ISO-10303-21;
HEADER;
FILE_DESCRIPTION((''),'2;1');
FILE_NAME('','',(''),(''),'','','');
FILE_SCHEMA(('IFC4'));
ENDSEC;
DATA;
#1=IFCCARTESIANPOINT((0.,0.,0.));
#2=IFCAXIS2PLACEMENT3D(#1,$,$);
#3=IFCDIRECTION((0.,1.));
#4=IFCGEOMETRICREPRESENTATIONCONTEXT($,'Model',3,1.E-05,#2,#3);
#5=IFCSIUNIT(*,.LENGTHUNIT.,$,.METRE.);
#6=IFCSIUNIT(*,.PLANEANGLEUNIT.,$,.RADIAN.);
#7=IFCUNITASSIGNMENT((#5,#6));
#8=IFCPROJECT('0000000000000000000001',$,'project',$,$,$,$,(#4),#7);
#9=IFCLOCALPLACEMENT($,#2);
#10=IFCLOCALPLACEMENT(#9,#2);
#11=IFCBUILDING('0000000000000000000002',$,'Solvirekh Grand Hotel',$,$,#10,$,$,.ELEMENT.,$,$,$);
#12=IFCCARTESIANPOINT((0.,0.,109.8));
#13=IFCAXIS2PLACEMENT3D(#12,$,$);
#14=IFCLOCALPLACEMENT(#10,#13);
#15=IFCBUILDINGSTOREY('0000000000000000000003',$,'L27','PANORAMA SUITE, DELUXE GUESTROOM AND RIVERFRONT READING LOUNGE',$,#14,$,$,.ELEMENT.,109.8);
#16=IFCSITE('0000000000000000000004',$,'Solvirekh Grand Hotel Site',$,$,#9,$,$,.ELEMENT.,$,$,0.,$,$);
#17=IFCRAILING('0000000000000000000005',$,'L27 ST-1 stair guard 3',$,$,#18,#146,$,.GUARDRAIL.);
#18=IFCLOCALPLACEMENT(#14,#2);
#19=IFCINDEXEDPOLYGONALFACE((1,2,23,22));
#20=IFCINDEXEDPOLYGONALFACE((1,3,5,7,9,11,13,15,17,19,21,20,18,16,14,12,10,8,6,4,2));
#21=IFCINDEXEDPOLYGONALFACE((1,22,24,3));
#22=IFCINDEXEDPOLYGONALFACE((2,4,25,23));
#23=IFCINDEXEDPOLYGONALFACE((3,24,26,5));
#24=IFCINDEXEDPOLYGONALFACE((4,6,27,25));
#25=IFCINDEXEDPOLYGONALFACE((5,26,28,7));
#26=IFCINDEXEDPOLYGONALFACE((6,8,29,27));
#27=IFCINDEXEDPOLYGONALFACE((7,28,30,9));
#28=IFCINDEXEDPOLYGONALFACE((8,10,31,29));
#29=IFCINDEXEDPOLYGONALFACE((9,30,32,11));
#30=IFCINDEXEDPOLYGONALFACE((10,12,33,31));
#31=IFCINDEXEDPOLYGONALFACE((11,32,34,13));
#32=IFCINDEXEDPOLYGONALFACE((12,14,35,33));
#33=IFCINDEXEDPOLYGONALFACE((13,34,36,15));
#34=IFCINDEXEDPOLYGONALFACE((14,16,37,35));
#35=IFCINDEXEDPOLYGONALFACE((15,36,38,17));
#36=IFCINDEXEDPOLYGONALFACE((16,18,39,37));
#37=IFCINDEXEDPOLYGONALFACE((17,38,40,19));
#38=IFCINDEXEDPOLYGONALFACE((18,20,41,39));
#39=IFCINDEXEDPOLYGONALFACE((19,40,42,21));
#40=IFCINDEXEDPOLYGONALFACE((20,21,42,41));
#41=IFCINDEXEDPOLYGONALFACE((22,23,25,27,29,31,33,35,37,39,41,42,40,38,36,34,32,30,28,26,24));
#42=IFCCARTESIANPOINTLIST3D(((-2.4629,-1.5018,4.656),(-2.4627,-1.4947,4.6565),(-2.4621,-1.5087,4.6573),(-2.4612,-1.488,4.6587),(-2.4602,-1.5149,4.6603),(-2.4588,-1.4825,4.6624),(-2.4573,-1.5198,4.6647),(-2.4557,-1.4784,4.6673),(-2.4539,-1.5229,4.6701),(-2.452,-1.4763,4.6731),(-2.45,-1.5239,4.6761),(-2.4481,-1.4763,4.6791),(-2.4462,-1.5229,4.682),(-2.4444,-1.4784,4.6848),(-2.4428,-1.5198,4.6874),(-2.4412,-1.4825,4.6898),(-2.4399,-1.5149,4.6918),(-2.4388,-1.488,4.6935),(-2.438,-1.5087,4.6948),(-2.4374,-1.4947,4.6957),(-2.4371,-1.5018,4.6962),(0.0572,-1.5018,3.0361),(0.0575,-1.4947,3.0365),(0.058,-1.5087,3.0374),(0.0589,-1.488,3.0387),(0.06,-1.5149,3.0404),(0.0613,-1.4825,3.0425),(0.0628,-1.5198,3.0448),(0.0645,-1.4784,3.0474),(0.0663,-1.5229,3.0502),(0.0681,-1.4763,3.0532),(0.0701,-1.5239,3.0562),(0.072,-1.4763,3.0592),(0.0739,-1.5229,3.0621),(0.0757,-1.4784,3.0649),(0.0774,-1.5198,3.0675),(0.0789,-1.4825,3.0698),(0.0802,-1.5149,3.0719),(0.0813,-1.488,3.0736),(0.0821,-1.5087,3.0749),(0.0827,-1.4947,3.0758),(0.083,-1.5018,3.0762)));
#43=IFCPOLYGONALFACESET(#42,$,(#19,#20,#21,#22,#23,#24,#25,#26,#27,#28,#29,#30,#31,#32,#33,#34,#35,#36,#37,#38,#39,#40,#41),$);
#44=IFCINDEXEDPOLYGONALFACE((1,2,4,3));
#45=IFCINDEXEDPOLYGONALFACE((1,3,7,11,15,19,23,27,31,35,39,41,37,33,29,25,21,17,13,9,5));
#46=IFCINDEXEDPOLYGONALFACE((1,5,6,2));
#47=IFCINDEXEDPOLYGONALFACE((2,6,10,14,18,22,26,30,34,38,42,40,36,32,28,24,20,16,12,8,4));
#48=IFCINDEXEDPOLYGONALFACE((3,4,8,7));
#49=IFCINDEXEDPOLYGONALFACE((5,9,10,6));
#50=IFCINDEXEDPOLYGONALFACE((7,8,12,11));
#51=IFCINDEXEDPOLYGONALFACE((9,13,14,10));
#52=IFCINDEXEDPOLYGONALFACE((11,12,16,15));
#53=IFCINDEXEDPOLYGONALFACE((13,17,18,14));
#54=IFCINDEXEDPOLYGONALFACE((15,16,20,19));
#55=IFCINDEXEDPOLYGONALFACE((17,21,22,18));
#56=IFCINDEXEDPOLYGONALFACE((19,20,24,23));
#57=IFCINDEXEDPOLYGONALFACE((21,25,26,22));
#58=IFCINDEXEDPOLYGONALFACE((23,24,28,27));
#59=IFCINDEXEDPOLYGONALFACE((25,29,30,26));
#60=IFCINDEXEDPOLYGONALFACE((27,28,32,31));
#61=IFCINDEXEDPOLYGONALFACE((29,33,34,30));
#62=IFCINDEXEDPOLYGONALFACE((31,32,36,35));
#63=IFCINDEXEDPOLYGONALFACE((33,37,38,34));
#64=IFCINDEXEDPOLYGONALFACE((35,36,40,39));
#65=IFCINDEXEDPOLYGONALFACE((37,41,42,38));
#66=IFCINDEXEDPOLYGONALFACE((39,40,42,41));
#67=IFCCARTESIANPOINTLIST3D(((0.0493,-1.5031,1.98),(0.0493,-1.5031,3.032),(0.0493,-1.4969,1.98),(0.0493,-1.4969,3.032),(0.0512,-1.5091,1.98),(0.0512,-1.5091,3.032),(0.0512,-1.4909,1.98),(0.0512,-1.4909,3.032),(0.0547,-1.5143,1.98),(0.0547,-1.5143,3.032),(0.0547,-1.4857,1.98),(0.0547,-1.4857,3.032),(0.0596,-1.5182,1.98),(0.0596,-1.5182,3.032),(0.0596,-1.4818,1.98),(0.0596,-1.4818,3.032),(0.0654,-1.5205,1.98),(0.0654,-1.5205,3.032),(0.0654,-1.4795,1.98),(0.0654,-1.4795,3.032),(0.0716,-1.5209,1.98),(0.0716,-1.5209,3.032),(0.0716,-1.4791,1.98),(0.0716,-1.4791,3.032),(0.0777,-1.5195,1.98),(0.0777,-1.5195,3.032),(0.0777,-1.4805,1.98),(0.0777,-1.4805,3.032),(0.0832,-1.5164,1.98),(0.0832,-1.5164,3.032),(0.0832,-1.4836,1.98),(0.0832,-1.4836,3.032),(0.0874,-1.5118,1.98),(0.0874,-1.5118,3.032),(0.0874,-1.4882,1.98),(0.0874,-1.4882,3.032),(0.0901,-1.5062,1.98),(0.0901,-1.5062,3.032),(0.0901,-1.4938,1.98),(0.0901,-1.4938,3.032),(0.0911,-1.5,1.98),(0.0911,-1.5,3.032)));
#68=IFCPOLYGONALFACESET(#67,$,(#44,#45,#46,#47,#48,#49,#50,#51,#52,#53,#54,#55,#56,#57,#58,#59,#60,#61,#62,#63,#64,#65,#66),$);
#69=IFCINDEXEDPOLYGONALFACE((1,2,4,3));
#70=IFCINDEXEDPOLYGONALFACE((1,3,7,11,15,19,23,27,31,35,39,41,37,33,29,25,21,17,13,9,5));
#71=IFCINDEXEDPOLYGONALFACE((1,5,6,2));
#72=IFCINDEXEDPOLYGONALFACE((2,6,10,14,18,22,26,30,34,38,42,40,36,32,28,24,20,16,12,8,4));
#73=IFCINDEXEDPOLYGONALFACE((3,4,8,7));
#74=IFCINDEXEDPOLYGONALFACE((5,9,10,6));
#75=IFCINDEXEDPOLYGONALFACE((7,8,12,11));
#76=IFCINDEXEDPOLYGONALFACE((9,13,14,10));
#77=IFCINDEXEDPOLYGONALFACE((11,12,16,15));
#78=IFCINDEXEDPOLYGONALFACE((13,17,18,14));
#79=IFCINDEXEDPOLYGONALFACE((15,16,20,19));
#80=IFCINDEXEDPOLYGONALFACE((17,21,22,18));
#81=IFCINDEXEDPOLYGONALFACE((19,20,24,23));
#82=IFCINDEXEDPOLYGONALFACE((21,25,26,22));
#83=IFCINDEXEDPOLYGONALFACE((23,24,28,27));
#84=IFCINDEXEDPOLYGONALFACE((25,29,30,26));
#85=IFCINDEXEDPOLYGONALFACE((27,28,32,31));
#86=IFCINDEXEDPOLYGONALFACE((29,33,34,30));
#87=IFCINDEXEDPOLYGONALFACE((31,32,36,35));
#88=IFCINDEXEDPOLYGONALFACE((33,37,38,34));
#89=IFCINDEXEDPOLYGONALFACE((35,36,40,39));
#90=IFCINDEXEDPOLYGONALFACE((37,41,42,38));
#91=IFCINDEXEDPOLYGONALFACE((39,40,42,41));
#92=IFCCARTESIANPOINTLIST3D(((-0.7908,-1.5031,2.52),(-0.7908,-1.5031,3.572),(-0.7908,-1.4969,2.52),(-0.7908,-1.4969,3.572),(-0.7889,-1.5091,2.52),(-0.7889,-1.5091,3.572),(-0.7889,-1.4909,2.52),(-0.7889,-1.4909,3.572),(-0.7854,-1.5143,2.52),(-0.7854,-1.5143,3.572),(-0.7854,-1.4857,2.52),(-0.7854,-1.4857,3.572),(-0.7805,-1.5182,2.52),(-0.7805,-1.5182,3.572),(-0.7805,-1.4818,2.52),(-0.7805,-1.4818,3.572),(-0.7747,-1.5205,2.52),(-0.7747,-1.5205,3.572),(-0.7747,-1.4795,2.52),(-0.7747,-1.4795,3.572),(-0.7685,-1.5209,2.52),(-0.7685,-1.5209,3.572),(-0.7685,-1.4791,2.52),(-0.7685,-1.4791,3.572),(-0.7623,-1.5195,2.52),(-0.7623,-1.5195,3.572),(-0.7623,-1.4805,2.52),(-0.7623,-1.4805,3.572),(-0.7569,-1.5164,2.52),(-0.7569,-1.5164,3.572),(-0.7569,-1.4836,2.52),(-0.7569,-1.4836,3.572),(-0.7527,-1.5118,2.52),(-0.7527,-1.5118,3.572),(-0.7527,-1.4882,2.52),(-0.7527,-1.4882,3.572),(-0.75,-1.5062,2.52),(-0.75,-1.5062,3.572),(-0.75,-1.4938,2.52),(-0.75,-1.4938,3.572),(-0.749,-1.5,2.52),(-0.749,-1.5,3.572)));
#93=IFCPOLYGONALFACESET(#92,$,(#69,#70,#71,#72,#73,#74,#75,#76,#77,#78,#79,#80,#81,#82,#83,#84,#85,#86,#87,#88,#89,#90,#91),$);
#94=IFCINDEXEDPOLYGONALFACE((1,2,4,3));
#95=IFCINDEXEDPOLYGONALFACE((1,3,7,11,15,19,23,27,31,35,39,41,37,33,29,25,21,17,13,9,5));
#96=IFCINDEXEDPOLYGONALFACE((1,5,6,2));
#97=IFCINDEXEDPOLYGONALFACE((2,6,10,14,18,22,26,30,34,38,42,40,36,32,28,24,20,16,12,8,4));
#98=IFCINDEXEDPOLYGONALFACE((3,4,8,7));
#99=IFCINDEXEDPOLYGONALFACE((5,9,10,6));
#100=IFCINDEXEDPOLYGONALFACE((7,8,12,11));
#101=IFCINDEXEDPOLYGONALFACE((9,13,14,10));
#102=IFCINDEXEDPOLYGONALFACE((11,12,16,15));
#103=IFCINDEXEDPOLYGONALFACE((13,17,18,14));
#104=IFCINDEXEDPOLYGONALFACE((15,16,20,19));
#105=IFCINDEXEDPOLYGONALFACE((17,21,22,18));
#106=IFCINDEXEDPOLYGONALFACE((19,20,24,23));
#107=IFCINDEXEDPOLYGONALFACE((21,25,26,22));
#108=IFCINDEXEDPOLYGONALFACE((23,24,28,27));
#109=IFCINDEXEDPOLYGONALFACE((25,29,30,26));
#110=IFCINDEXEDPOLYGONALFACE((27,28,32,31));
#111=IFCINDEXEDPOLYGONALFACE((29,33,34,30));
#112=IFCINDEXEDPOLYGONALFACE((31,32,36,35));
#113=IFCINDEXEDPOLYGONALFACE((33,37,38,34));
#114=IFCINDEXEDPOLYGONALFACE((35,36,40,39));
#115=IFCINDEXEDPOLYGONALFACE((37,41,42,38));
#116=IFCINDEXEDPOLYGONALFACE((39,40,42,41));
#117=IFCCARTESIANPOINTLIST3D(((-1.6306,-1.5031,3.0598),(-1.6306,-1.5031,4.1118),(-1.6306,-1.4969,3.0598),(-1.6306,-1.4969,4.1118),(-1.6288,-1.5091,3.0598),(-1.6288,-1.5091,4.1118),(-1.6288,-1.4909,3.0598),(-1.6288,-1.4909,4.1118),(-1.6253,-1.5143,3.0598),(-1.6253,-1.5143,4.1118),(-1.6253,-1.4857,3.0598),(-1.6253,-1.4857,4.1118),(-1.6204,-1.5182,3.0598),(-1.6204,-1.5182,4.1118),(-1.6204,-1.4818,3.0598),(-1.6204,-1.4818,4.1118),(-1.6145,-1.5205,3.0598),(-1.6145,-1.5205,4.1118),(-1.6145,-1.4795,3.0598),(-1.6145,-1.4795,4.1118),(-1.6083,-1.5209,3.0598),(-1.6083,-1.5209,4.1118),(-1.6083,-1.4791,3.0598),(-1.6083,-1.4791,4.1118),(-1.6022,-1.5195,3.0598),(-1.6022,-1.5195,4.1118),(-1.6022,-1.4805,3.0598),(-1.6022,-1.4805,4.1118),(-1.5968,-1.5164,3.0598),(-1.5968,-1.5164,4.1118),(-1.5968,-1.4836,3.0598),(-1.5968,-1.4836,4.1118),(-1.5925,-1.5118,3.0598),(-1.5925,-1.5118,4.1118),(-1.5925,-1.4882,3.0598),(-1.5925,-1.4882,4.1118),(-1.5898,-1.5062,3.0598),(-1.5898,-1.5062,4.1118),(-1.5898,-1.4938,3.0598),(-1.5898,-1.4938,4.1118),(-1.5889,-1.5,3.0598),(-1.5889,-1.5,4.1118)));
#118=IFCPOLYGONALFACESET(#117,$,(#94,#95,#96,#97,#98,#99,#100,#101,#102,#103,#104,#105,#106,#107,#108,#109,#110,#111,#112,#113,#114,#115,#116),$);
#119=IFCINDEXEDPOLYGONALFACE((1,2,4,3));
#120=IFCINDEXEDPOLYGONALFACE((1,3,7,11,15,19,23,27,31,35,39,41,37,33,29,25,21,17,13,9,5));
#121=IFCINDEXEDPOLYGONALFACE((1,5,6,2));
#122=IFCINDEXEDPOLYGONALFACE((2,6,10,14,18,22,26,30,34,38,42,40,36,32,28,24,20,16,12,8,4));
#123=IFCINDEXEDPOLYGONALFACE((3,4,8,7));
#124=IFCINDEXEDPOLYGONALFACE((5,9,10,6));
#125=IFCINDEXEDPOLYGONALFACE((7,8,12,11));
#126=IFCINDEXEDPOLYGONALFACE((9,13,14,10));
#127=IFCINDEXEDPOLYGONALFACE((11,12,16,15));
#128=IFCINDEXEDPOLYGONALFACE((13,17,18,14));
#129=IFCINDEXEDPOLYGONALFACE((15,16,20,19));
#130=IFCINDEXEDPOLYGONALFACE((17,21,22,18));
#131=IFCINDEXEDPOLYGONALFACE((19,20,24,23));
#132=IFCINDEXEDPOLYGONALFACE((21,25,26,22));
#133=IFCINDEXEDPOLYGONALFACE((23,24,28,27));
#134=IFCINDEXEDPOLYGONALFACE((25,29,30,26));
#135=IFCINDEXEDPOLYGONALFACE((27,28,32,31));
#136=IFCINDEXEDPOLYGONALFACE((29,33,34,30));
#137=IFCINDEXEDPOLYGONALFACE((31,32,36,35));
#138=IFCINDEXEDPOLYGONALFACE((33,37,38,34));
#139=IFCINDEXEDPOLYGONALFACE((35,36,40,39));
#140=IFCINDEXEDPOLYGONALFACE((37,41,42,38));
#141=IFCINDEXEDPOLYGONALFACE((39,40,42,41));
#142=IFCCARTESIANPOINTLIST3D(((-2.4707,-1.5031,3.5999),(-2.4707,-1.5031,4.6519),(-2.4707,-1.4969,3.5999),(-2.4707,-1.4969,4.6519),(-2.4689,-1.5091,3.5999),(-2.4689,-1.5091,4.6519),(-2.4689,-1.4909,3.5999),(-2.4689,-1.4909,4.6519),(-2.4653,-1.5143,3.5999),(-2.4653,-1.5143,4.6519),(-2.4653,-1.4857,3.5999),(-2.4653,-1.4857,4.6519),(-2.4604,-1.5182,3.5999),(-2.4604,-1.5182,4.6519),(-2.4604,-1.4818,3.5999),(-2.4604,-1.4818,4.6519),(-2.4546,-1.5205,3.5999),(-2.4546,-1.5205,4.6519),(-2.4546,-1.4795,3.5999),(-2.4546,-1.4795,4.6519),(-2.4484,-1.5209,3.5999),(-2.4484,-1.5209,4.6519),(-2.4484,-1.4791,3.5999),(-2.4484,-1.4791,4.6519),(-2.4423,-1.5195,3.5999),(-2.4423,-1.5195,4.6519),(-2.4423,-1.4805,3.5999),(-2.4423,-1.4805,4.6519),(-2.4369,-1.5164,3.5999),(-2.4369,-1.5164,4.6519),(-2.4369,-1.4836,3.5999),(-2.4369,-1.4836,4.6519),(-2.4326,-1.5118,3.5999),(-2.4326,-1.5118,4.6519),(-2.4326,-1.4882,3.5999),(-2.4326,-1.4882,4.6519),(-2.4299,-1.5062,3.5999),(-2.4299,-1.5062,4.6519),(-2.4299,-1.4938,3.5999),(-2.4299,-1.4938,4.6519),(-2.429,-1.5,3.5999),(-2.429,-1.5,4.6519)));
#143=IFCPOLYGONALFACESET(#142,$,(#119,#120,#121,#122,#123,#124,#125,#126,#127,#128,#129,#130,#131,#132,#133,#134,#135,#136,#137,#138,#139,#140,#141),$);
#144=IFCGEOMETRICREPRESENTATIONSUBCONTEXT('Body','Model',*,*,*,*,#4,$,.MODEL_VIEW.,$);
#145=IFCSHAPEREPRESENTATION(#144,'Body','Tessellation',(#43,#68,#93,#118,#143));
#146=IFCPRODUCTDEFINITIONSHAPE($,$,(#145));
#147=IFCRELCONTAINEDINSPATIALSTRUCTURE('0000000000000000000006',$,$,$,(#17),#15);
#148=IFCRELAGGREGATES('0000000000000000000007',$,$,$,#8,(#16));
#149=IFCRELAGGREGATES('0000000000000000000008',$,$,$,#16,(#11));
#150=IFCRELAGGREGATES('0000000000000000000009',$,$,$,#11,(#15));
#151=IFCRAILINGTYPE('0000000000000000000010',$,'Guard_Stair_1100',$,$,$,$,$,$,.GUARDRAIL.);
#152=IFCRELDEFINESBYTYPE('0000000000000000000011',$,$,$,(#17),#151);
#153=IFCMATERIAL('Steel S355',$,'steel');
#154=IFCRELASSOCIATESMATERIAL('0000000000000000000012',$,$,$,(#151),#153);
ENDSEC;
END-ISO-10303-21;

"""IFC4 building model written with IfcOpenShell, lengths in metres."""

from ifc_helpers import new_model, si_unit, direction, frame, origin, origin_2d, place, context, subcontext, project, spatial, circle, extrude, material, type_object, element, save


model = new_model("IFC4")

# Units and contexts
model_context = context("Model", 3, precision=1e-05, world=origin(), true_north=direction((0.0, 1.0)))
body_context = subcontext(model_context, "Body", "Model", "MODEL_VIEW")
ifc_project = project(units=[si_unit("LENGTHUNIT", "METRE"), si_unit("PLANEANGLEUNIT", "RADIAN")], contexts=[model_context])

# Site, building, storey
site_placement = place(None, origin())
site = spatial("IfcSite", under=ifc_project, at=site_placement, Name="Solvirekh Grand Hotel Site", CompositionType="ELEMENT", RefElevation=0.0)
building_placement = place(site_placement, origin())
building = spatial("IfcBuilding", under=site, at=building_placement, Name="Solvirekh Grand Hotel", CompositionType="ELEMENT")
storey_placement = place(building_placement, frame((0.0, 0.0, 109.8)))
storey = spatial("IfcBuildingStorey", under=building, at=storey_placement, Name="L27", Description="PANORAMA SUITE, DELUXE GUESTROOM AND RIVERFRONT READING LOUNGE", CompositionType="ELEMENT", Elevation=109.8)

# Shared definitions
ifc_material_1 = material(Name="Steel S355", Category="steel")

# Railing
railing_type_1 = type_object("IfcRailingType", Name="Guard_Stair_1100", PredefinedType="GUARDRAIL", material=ifc_material_1)
railing_1_placement = place(storey_placement, frame((0.0701, -1.5, 1.98)))
element("IfcRailing", 1, at=railing_1_placement, inside=storey, type_object=railing_type_1, Name="L27 ST-1 stair guard 3", PredefinedType="GUARDRAIL", context=body_context, shape_type="SweptSolid", body=[
    extrude(circle(Radius=0.0239, at=origin_2d()), frame((0.0, 0.0, 1.0762), z_axis=(-0.8412, 0.0, 0.540725), x_axis=(0.0, -1.0, 0.0)), (0.0, 0.0, 1.0), 2.9958),
    extrude(circle(Radius=0.021, at=origin_2d()), origin(), (0.0, 0.0, 1.0), 1.052),
    extrude(circle(Radius=0.021, at=origin_2d()), frame((-0.8401, 0.0, 0.54)), (0.0, 0.0, 1.0), 1.052),
    extrude(circle(Radius=0.021, at=origin_2d()), frame((-1.6799, 0.0, 1.0798)), (0.0, 0.0, 1.0), 1.052),
    extrude(circle(Radius=0.021, at=origin_2d()), frame((-2.52, 0.0, 1.6199)), (0.0, 0.0, 1.0), 1.052),
])

save(model, "model.ifc")
